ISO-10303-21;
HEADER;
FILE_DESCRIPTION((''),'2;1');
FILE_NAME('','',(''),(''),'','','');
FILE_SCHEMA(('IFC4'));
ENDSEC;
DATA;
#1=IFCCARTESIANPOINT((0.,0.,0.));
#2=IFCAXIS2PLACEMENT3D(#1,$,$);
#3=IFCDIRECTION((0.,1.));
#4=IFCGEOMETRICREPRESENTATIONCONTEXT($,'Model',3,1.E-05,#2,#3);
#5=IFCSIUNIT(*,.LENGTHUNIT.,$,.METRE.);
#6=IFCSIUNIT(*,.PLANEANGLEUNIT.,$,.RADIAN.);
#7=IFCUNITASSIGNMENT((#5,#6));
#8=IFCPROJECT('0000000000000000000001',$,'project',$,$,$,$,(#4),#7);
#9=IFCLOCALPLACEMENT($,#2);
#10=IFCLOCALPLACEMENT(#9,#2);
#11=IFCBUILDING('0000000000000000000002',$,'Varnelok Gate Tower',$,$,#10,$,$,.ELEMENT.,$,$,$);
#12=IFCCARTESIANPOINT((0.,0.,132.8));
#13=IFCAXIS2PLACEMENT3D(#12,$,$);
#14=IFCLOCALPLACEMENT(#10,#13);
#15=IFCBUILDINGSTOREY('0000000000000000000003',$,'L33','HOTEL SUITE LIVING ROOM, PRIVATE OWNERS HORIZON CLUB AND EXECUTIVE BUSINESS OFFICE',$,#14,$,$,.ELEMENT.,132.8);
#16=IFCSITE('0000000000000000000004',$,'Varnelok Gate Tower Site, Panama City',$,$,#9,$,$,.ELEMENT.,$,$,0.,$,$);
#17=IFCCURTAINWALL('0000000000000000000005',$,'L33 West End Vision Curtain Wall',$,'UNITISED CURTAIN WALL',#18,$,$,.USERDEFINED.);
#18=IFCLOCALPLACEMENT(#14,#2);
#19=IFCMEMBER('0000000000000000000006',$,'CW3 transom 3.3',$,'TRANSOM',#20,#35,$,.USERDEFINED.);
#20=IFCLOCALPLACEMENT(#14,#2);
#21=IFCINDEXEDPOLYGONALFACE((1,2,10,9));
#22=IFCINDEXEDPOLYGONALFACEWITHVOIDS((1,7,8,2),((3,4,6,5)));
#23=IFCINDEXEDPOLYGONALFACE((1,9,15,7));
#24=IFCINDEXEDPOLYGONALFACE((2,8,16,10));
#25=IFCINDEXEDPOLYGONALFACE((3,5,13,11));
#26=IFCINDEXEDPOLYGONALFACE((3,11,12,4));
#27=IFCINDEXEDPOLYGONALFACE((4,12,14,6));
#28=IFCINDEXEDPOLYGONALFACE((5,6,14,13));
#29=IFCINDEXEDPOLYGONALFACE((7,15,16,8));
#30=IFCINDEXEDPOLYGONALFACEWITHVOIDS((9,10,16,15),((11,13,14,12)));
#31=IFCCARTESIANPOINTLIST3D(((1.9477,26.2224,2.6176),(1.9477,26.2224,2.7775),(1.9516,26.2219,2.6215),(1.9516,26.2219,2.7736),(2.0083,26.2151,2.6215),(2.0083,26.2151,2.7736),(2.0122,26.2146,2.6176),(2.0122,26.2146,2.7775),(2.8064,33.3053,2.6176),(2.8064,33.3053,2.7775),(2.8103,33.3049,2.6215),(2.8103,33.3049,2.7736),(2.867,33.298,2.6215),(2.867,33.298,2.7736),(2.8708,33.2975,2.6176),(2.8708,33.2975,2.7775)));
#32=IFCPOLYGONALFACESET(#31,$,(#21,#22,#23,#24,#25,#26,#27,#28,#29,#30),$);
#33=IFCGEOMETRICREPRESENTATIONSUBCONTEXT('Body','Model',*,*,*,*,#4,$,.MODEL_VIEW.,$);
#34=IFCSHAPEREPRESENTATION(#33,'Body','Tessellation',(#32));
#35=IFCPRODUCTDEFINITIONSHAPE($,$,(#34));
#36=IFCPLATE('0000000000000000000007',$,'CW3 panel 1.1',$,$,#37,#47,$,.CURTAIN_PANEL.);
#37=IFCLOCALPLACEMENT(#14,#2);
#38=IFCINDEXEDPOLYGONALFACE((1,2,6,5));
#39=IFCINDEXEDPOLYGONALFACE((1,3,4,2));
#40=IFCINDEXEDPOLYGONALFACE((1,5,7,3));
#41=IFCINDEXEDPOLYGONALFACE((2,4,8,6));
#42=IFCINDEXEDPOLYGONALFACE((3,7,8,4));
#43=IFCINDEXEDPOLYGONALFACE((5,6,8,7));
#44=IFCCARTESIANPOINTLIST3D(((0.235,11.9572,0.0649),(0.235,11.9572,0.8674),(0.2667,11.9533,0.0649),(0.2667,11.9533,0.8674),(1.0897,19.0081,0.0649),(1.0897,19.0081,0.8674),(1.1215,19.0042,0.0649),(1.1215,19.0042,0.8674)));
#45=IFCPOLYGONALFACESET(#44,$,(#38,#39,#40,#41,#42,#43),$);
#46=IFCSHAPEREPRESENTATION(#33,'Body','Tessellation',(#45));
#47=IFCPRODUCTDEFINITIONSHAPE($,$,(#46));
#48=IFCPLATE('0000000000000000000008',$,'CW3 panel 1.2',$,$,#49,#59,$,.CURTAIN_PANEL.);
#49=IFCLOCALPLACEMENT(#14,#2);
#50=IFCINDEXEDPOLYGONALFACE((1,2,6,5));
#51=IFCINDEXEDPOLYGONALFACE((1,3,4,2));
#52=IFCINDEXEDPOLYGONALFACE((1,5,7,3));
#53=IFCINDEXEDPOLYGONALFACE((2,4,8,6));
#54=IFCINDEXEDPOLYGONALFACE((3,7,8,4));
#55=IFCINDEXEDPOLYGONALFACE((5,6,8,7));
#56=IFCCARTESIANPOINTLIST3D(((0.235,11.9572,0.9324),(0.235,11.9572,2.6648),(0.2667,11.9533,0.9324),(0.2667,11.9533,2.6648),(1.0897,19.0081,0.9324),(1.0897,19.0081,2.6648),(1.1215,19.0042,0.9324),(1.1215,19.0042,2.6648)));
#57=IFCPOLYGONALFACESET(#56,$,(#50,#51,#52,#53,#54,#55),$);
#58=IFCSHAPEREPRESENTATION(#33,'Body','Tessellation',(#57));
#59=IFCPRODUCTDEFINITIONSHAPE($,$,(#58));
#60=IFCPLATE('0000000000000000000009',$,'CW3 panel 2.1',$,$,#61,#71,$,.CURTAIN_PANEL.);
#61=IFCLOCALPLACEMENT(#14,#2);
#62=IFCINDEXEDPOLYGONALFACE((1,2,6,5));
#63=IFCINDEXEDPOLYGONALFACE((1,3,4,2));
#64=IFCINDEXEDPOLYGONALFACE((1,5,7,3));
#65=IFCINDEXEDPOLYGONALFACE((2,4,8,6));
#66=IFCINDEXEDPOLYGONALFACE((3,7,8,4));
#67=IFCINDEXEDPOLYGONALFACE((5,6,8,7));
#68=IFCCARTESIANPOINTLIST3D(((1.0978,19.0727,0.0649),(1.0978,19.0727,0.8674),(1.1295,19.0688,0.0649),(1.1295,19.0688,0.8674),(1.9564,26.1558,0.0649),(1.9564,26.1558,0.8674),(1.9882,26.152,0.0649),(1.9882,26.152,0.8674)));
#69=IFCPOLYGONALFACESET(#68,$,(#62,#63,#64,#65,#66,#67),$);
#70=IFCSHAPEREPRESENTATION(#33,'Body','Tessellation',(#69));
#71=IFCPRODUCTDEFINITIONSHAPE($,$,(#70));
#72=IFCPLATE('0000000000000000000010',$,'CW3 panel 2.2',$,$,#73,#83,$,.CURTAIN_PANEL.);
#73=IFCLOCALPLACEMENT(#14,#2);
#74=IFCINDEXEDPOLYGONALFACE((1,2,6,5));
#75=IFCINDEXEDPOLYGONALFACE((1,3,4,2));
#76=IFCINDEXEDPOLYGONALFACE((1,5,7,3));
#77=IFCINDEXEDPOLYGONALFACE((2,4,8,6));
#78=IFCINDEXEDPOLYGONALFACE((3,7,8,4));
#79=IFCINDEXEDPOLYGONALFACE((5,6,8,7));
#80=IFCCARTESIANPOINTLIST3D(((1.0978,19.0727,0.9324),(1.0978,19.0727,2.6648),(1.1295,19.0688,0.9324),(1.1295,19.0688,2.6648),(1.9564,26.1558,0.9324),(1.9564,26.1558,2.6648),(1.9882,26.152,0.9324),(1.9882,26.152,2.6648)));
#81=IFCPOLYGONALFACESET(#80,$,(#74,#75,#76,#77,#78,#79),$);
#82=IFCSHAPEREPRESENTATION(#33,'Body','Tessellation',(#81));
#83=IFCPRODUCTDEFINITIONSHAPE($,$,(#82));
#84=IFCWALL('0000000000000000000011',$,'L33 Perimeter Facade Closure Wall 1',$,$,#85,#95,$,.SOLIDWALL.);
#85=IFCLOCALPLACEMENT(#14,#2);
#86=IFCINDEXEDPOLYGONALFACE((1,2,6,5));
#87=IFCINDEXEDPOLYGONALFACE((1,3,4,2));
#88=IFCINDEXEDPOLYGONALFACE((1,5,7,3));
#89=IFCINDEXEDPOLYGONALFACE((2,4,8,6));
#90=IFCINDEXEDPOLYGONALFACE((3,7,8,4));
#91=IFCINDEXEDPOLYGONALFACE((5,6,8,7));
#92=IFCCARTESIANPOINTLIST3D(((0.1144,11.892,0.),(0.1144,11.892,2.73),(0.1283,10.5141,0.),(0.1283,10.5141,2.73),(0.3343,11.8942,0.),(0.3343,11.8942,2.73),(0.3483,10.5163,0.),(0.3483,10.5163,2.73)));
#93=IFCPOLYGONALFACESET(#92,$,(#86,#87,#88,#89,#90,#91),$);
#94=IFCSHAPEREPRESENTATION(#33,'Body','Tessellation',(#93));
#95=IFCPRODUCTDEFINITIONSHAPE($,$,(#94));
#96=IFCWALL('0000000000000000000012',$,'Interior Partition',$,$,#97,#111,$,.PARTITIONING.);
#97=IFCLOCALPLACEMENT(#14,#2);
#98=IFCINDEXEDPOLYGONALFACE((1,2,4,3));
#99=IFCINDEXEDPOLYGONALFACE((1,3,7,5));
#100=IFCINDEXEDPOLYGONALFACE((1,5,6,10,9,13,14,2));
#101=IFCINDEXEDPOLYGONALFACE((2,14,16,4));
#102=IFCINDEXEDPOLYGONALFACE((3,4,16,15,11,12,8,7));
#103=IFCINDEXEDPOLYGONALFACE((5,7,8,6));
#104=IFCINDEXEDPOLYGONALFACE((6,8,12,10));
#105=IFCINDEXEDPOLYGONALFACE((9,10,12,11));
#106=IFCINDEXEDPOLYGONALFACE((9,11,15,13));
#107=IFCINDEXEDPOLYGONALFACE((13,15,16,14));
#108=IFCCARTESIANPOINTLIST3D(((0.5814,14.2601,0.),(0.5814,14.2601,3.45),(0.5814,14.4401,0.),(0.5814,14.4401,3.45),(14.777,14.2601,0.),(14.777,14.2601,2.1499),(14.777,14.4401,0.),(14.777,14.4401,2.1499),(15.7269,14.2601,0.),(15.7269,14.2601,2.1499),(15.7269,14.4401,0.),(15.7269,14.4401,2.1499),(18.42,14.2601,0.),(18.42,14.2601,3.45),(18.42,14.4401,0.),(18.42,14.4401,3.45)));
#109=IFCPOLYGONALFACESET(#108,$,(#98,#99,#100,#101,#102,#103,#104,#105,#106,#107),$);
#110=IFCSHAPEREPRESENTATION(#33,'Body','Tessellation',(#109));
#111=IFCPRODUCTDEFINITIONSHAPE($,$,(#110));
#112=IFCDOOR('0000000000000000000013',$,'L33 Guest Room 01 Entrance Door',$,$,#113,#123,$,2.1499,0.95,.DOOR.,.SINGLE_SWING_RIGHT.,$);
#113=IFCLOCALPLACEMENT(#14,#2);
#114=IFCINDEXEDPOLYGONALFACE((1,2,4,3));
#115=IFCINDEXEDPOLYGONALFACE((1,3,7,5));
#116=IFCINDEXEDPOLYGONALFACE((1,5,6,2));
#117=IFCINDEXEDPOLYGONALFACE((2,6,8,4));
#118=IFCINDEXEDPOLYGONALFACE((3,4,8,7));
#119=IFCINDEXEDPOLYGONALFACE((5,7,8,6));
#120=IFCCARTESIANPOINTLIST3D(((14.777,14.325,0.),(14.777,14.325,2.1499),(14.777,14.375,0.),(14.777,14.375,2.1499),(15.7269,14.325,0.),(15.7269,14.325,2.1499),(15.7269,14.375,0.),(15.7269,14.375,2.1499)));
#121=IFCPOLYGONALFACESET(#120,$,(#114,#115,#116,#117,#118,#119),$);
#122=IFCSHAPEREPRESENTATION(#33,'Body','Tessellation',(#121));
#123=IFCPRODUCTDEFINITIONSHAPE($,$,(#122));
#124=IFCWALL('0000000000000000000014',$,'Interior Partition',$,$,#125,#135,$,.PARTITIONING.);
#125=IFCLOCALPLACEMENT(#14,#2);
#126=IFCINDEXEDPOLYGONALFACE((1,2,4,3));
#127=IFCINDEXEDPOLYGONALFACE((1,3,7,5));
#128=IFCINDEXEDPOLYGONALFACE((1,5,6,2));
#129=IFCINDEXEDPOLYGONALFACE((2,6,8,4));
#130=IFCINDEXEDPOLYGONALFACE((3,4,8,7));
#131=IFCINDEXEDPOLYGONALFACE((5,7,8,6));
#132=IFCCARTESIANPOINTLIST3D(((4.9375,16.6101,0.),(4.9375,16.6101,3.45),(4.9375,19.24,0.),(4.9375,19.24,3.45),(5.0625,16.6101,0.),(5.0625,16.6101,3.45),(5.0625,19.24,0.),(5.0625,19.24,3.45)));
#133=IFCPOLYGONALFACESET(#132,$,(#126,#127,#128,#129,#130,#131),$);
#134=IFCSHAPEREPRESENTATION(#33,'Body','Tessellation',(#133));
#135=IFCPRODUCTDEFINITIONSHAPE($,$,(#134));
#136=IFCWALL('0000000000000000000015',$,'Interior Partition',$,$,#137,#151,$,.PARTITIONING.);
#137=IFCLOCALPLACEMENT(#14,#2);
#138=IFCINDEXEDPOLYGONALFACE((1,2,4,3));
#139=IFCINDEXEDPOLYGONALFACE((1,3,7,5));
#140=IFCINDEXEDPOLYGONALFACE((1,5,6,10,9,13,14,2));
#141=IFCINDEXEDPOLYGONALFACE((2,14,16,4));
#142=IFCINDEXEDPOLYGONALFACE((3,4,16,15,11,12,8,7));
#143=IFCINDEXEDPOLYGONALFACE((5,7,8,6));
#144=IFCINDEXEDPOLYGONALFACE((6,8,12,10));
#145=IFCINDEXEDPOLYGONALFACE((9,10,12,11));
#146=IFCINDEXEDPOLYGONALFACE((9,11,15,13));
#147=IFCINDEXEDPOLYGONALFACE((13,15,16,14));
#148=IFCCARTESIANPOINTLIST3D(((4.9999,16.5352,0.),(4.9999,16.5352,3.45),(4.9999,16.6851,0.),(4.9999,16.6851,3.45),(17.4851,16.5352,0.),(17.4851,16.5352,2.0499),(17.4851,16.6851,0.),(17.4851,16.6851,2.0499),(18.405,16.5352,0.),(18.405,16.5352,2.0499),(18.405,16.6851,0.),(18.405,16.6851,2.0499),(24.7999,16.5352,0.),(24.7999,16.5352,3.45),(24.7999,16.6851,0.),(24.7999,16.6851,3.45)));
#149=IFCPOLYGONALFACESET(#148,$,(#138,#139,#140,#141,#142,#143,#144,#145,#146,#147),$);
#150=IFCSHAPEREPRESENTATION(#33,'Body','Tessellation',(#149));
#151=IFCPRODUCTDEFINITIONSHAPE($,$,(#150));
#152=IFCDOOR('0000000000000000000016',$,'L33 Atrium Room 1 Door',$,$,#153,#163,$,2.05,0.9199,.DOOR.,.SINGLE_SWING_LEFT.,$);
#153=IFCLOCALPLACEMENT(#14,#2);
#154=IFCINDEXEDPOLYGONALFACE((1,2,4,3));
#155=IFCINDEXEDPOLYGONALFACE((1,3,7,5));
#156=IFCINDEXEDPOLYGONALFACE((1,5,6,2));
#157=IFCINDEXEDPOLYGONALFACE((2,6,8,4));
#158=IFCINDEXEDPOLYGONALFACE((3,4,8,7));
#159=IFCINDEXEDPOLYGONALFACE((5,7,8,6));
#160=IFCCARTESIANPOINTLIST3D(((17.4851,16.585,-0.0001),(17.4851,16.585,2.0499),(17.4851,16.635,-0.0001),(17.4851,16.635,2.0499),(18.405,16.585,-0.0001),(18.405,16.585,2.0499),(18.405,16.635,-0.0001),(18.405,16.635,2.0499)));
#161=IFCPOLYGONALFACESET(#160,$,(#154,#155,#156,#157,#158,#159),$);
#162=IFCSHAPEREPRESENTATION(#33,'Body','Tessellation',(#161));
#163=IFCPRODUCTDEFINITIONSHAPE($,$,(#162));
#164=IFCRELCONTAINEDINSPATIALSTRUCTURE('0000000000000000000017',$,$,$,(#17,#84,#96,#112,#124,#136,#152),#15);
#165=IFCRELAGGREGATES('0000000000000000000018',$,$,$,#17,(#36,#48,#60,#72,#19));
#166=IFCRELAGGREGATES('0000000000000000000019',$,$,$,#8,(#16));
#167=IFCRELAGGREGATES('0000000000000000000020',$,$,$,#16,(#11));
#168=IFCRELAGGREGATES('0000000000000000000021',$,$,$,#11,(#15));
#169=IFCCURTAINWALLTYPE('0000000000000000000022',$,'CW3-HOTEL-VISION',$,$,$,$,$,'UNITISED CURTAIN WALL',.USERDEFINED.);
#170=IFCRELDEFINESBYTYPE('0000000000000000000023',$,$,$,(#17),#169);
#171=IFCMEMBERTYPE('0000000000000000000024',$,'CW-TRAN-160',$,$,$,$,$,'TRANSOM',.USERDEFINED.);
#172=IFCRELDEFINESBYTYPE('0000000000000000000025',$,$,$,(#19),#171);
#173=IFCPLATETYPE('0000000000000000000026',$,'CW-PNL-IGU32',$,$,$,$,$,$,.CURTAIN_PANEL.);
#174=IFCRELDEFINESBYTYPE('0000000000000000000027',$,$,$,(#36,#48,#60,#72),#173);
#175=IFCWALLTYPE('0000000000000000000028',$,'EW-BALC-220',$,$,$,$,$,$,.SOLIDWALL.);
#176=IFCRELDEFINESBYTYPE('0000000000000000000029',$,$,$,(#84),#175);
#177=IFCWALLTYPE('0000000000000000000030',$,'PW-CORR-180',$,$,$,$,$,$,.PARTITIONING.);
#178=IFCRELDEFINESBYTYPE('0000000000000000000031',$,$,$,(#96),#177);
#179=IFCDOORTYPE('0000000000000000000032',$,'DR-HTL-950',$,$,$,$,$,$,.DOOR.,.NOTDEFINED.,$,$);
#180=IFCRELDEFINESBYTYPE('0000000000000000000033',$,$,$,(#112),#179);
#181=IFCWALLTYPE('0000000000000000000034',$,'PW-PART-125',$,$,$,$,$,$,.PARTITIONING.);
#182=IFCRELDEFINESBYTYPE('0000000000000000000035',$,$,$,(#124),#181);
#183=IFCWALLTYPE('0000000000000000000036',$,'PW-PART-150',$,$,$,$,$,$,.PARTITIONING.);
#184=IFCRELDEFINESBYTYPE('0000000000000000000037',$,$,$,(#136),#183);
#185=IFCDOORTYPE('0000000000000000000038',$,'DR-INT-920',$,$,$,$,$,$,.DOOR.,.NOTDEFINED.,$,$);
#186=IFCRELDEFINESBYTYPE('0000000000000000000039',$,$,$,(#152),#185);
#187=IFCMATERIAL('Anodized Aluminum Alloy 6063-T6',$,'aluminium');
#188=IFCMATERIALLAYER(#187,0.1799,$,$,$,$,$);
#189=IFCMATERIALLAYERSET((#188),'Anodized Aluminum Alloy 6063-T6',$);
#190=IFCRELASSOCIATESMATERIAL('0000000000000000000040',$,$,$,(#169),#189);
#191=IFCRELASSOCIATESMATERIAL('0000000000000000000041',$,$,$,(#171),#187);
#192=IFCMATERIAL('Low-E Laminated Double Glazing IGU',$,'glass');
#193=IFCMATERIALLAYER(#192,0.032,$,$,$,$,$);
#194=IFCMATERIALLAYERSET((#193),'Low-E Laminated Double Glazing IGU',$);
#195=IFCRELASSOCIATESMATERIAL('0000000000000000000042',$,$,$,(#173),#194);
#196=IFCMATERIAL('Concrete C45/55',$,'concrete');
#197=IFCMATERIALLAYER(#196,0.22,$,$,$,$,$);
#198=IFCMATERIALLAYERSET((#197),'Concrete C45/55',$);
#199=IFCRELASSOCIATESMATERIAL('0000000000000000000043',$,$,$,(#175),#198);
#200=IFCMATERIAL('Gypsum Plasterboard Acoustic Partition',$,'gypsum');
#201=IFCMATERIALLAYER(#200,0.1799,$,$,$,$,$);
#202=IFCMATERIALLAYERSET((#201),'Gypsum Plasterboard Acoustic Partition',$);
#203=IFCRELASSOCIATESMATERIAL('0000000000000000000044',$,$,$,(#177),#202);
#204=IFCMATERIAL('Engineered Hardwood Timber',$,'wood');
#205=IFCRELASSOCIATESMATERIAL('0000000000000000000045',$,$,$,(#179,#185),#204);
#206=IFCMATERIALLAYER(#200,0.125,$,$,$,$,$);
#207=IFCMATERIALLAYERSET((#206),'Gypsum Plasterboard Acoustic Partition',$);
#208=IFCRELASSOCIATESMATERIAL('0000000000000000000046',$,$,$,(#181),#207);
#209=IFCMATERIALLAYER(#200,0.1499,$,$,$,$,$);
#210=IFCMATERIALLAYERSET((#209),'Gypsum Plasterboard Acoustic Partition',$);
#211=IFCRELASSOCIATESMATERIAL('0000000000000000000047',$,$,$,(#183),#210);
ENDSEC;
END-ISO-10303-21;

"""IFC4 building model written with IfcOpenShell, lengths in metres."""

from ifc_helpers import new_model, si_unit, direction, frame, frame_2d, origin, origin_2d, place, context, subcontext, project, spatial, rectangle, hollow_rectangle, extrude, source, transform, mapped, material, layer, layer_set, material_profile, profile_set, type_object, element, fill, aggregate, save


model = new_model("IFC4")

# Units and contexts
model_context = context("Model", 3, precision=1e-05, world=origin(), true_north=direction((0.0, 1.0)))
body_context = subcontext(model_context, "Body", "Model", "MODEL_VIEW")
ifc_project = project(units=[si_unit("LENGTHUNIT", "METRE"), si_unit("PLANEANGLEUNIT", "RADIAN")], contexts=[model_context])

# Site, building, storey
site_placement = place(None, origin())
site = spatial("IfcSite", under=ifc_project, at=site_placement, Name="Varnelok Gate Tower Site, Panama City", CompositionType="ELEMENT", RefElevation=0.0)
building_placement = place(site_placement, origin())
building = spatial("IfcBuilding", under=site, at=building_placement, Name="Varnelok Gate Tower", CompositionType="ELEMENT")
storey_placement = place(building_placement, frame((0.0, 0.0, 132.8)))
storey = spatial("IfcBuildingStorey", under=building, at=storey_placement, Name="L33", Description="HOTEL SUITE LIVING ROOM, PRIVATE OWNERS HORIZON CLUB AND EXECUTIVE BUSINESS OFFICE", CompositionType="ELEMENT", Elevation=132.8)

# Curtain wall, member, plates
ifc_material_1 = material(Name="Anodized Aluminum Alloy 6063-T6", Category="aluminium")
ifc_layer_1 = layer(ifc_material_1, 0.1799)
ifc_layer_set_1 = layer_set([ifc_layer_1], Name="Anodized Aluminum Alloy 6063-T6")
curtain_wall_type = type_object("IfcCurtainWallType", Name="CW3-HOTEL-VISION", ElementType="UNITISED CURTAIN WALL", PredefinedType="USERDEFINED", material=ifc_layer_set_1)
curtain_wall_placement = place(storey_placement, origin())
curtain_wall = element("IfcCurtainWall", 1, at=curtain_wall_placement, inside=storey, type_object=curtain_wall_type, Name="L33 West End Vision Curtain Wall", ObjectType="UNITISED CURTAIN WALL", PredefinedType="USERDEFINED")
ifc_material_profile_1 = material_profile(ifc_material_1, hollow_rectangle(XDim=0.0649, YDim=0.1599, WallThickness=0.0039, at=origin_2d()), Name="ALU160X65X4")
ifc_profile_set_1 = profile_set([ifc_material_profile_1], Name="Anodized Aluminum Alloy 6063-T6")
member_type_1 = type_object("IfcMemberType", Name="CW-TRAN-160", ElementType="TRANSOM", PredefinedType="USERDEFINED", material=ifc_profile_set_1)
member_1_placement = place(storey_placement, frame((1.98, 26.2185, 2.6975), z_axis=(0.120345, 0.992732, 0.0), x_axis=(-0.992732, 0.120345, 0.0)))
member_1 = element("IfcMember", 2, at=member_1_placement, type_object=member_type_1, Name="CW3 transom 3.3", ObjectType="TRANSOM", PredefinedType="USERDEFINED", context=body_context, shape_type="SweptSolid", body=[
    extrude(hollow_rectangle(XDim=0.0649, YDim=0.1599, WallThickness=0.0039, at=origin_2d()), origin(), (0.0, 0.0, 1.0), 7.1348),
])
ifc_material_2 = material(Name="Low-E Laminated Double Glazing IGU", Category="glass")
ifc_layer_2 = layer(ifc_material_2, 0.032)
ifc_layer_set_2 = layer_set([ifc_layer_2], Name="Low-E Laminated Double Glazing IGU")
plate_type = type_object("IfcPlateType", Name="CW-PNL-IGU32", PredefinedType="CURTAIN_PANEL", material=ifc_layer_set_2)
shared_shape_1 = source(origin(), body_context, "Body", "SweptSolid", [
    extrude(rectangle(XDim=7.1025, YDim=0.032, at=origin_2d()), origin(), (0.0, 0.0, 1.0), 0.8025),
])
plate_1_placement = place(storey_placement, frame((0.6782, 15.4807, 0.0649), z_axis=(0.0, 0.0, 1.0), x_axis=(0.120347, 0.992732, 0.0)))
plate_1 = element("IfcPlate", 3, at=plate_1_placement, type_object=plate_type, Name="CW3 panel 1.1", PredefinedType="CURTAIN_PANEL", context=body_context, shape_type="MappedRepresentation", body=[
    mapped(shared_shape_1, transform((0.0, 0.0, 0.0), scale=1.0)),
])
shared_shape_2 = source(origin(), body_context, "Body", "SweptSolid", [
    extrude(rectangle(XDim=7.1025, YDim=0.032, at=origin_2d()), origin(), (0.0, 0.0, 1.0), 1.7324),
])
plate_2_placement = place(storey_placement, frame((0.6782, 15.4807, 0.9324), z_axis=(0.0, 0.0, 1.0), x_axis=(0.120347, 0.992732, 0.0)))
plate_2 = element("IfcPlate", 4, at=plate_2_placement, type_object=plate_type, Name="CW3 panel 1.2", PredefinedType="CURTAIN_PANEL", context=body_context, shape_type="MappedRepresentation", body=[
    mapped(shared_shape_2, transform((0.0, 0.0, 0.0), scale=1.0)),
])
shared_shape_3 = source(origin(), body_context, "Body", "SweptSolid", [
    extrude(rectangle(XDim=7.135, YDim=0.032, at=origin_2d()), origin(), (0.0, 0.0, 1.0), 0.8025),
])
plate_3_placement = place(storey_placement, frame((1.543, 22.6123, 0.0649), z_axis=(0.0, 0.0, 1.0), x_axis=(0.120347, 0.992732, 0.0)))
plate_3 = element("IfcPlate", 5, at=plate_3_placement, type_object=plate_type, Name="CW3 panel 2.1", PredefinedType="CURTAIN_PANEL", context=body_context, shape_type="MappedRepresentation", body=[
    mapped(shared_shape_3, transform((0.0, 0.0, 0.0), scale=1.0)),
])
shared_shape_4 = source(origin(), body_context, "Body", "SweptSolid", [
    extrude(rectangle(XDim=7.135, YDim=0.032, at=origin_2d()), origin(), (0.0, 0.0, 1.0), 1.7324),
])
plate_4_placement = place(storey_placement, frame((1.543, 22.6123, 0.9324), z_axis=(0.0, 0.0, 1.0), x_axis=(0.120347, 0.992732, 0.0)))
plate_4 = element("IfcPlate", 6, at=plate_4_placement, type_object=plate_type, Name="CW3 panel 2.2", PredefinedType="CURTAIN_PANEL", context=body_context, shape_type="MappedRepresentation", body=[
    mapped(shared_shape_4, transform((0.0, 0.0, 0.0), scale=1.0)),
])
aggregate(curtain_wall, [plate_1, plate_2, plate_3, plate_4, member_1])

# Wall
ifc_material_3 = material(Name="Concrete C45/55", Category="concrete")
ifc_layer_3 = layer(ifc_material_3, 0.22)
ifc_layer_set_3 = layer_set([ifc_layer_3], Name="Concrete C45/55")
wall_type_1 = type_object("IfcWallType", Name="EW-BALC-220", PredefinedType="SOLIDWALL", material=ifc_layer_set_3)
wall_1_placement = place(storey_placement, frame((0.2244, 11.8931, 0.0), z_axis=(0.0, 0.0, 1.0), x_axis=(0.010099, -0.999949, 0.0)))
element("IfcWall", 7, at=wall_1_placement, inside=storey, type_object=wall_type_1, Name="L33 Perimeter Facade Closure Wall 1", PredefinedType="SOLIDWALL", context=body_context, shape_type="SweptSolid", body=[
    extrude(rectangle(XDim=1.3779, YDim=0.22, at=frame_2d((0.689, 0.0))), origin(), (0.0, 0.0, 1.0), 2.73),
])

# Wall, opening, door
ifc_material_4 = material(Name="Gypsum Plasterboard Acoustic Partition", Category="gypsum")
ifc_layer_4 = layer(ifc_material_4, 0.1799)
ifc_layer_set_4 = layer_set([ifc_layer_4], Name="Gypsum Plasterboard Acoustic Partition")
wall_type_2 = type_object("IfcWallType", Name="PW-CORR-180", PredefinedType="PARTITIONING", material=ifc_layer_set_4)
wall_2_placement = place(storey_placement, frame((0.5813, 14.3501, 0.0), z_axis=(0.0, 0.0, 1.0), x_axis=(1.0, 0.0, 0.0)))
wall_2 = element("IfcWall", 8, at=wall_2_placement, inside=storey, type_object=wall_type_2, Name="Interior Partition", PredefinedType="PARTITIONING", context=body_context, shape_type="SweptSolid", body=[
    extrude(rectangle(XDim=17.8386, YDim=0.1799, at=frame_2d((8.9194, 0.0))), origin(), (0.0, 0.0, 1.0), 3.45),
])
opening_1_placement = place(wall_2_placement, frame((14.1956, 0.0, 0.0)))
opening_1 = element("IfcOpeningElement", 9, at=opening_1_placement, cuts=wall_2, PredefinedType="OPENING", context=body_context, shape_type="SweptSolid", body=[
    extrude(rectangle(XDim=0.95, YDim=2.1499, at=frame_2d((0.4751, 1.075))), frame((0.0, 0.0999, 0.0), z_axis=(0.0, -1.0, 0.0), x_axis=(1.0, 0.0, 0.0)), (0.0, 0.0, 1.0), 0.2),
])
ifc_material_5 = material(Name="Engineered Hardwood Timber", Category="wood")
door_type_1 = type_object("IfcDoorType", Name="DR-HTL-950", OperationType="NOTDEFINED", PredefinedType="DOOR", material=ifc_material_5)
door_1_placement = place(opening_1_placement, origin())
door_1 = element("IfcDoor", 10, at=door_1_placement, inside=storey, type_object=door_type_1, Name="L33 Guest Room 01 Entrance Door", OperationType="SINGLE_SWING_RIGHT", OverallHeight=2.1499, OverallWidth=0.95, PredefinedType="DOOR", context=body_context, shape_type="SweptSolid", body=[
    extrude(rectangle(XDim=0.95, YDim=2.1499, at=frame_2d((0.4751, 1.075))), frame((0.0, 0.0249, 0.0), z_axis=(0.0, -1.0, 0.0), x_axis=(1.0, 0.0, 0.0)), (0.0, 0.0, 1.0), 0.05),
])
fill(opening_1, door_1)

# Wall
ifc_layer_5 = layer(ifc_material_4, 0.125)
ifc_layer_set_5 = layer_set([ifc_layer_5], Name="Gypsum Plasterboard Acoustic Partition")
wall_type_3 = type_object("IfcWallType", Name="PW-PART-125", PredefinedType="PARTITIONING", material=ifc_layer_set_5)
wall_3_placement = place(storey_placement, frame((5.0, 16.6101, 0.0), z_axis=(0.0, 0.0, 1.0), x_axis=(0.0, 1.0, 0.0)))
element("IfcWall", 11, at=wall_3_placement, inside=storey, type_object=wall_type_3, Name="Interior Partition", PredefinedType="PARTITIONING", context=body_context, shape_type="SweptSolid", body=[
    extrude(rectangle(XDim=2.6299, YDim=0.125, at=frame_2d((1.3149, 0.0))), origin(), (0.0, 0.0, 1.0), 3.45),
])

# Wall, opening, door
ifc_layer_6 = layer(ifc_material_4, 0.1499)
ifc_layer_set_6 = layer_set([ifc_layer_6], Name="Gypsum Plasterboard Acoustic Partition")
wall_type_4 = type_object("IfcWallType", Name="PW-PART-150", PredefinedType="PARTITIONING", material=ifc_layer_set_6)
wall_4_placement = place(storey_placement, frame((5.0, 16.6101, 0.0), z_axis=(0.0, 0.0, 1.0), x_axis=(1.0, 0.0, 0.0)))
wall_4 = element("IfcWall", 12, at=wall_4_placement, inside=storey, type_object=wall_type_4, Name="Interior Partition", PredefinedType="PARTITIONING", context=body_context, shape_type="SweptSolid", body=[
    extrude(rectangle(XDim=19.8, YDim=0.1499, at=frame_2d((9.8999, 0.0))), origin(), (0.0, 0.0, 1.0), 3.45),
])
opening_2_placement = place(wall_4_placement, frame((12.4851, 0.0, 0.0)))
opening_2 = element("IfcOpeningElement", 13, at=opening_2_placement, cuts=wall_4, PredefinedType="OPENING", context=body_context, shape_type="SweptSolid", body=[
    extrude(rectangle(XDim=0.9199, YDim=2.05, at=frame_2d((0.46, 1.0249))), frame((0.0, 0.085, 0.0), z_axis=(0.0, -1.0, 0.0), x_axis=(1.0, 0.0, 0.0)), (0.0, 0.0, 1.0), 0.1699),
])
door_type_2 = type_object("IfcDoorType", Name="DR-INT-920", OperationType="NOTDEFINED", PredefinedType="DOOR", material=ifc_material_5)
door_2_placement = place(opening_2_placement, origin())
door_2 = element("IfcDoor", 14, at=door_2_placement, inside=storey, type_object=door_type_2, Name="L33 Atrium Room 1 Door", OperationType="SINGLE_SWING_LEFT", OverallHeight=2.05, OverallWidth=0.9199, PredefinedType="DOOR", context=body_context, shape_type="SweptSolid", body=[
    extrude(rectangle(XDim=0.9199, YDim=2.05, at=frame_2d((0.46, 1.0249))), frame((0.0, 0.0249, 0.0), z_axis=(0.0, -1.0, 0.0), x_axis=(1.0, 0.0, 0.0)), (0.0, 0.0, 1.0), 0.05),
])
fill(opening_2, door_2)

save(model, "model.ifc")
